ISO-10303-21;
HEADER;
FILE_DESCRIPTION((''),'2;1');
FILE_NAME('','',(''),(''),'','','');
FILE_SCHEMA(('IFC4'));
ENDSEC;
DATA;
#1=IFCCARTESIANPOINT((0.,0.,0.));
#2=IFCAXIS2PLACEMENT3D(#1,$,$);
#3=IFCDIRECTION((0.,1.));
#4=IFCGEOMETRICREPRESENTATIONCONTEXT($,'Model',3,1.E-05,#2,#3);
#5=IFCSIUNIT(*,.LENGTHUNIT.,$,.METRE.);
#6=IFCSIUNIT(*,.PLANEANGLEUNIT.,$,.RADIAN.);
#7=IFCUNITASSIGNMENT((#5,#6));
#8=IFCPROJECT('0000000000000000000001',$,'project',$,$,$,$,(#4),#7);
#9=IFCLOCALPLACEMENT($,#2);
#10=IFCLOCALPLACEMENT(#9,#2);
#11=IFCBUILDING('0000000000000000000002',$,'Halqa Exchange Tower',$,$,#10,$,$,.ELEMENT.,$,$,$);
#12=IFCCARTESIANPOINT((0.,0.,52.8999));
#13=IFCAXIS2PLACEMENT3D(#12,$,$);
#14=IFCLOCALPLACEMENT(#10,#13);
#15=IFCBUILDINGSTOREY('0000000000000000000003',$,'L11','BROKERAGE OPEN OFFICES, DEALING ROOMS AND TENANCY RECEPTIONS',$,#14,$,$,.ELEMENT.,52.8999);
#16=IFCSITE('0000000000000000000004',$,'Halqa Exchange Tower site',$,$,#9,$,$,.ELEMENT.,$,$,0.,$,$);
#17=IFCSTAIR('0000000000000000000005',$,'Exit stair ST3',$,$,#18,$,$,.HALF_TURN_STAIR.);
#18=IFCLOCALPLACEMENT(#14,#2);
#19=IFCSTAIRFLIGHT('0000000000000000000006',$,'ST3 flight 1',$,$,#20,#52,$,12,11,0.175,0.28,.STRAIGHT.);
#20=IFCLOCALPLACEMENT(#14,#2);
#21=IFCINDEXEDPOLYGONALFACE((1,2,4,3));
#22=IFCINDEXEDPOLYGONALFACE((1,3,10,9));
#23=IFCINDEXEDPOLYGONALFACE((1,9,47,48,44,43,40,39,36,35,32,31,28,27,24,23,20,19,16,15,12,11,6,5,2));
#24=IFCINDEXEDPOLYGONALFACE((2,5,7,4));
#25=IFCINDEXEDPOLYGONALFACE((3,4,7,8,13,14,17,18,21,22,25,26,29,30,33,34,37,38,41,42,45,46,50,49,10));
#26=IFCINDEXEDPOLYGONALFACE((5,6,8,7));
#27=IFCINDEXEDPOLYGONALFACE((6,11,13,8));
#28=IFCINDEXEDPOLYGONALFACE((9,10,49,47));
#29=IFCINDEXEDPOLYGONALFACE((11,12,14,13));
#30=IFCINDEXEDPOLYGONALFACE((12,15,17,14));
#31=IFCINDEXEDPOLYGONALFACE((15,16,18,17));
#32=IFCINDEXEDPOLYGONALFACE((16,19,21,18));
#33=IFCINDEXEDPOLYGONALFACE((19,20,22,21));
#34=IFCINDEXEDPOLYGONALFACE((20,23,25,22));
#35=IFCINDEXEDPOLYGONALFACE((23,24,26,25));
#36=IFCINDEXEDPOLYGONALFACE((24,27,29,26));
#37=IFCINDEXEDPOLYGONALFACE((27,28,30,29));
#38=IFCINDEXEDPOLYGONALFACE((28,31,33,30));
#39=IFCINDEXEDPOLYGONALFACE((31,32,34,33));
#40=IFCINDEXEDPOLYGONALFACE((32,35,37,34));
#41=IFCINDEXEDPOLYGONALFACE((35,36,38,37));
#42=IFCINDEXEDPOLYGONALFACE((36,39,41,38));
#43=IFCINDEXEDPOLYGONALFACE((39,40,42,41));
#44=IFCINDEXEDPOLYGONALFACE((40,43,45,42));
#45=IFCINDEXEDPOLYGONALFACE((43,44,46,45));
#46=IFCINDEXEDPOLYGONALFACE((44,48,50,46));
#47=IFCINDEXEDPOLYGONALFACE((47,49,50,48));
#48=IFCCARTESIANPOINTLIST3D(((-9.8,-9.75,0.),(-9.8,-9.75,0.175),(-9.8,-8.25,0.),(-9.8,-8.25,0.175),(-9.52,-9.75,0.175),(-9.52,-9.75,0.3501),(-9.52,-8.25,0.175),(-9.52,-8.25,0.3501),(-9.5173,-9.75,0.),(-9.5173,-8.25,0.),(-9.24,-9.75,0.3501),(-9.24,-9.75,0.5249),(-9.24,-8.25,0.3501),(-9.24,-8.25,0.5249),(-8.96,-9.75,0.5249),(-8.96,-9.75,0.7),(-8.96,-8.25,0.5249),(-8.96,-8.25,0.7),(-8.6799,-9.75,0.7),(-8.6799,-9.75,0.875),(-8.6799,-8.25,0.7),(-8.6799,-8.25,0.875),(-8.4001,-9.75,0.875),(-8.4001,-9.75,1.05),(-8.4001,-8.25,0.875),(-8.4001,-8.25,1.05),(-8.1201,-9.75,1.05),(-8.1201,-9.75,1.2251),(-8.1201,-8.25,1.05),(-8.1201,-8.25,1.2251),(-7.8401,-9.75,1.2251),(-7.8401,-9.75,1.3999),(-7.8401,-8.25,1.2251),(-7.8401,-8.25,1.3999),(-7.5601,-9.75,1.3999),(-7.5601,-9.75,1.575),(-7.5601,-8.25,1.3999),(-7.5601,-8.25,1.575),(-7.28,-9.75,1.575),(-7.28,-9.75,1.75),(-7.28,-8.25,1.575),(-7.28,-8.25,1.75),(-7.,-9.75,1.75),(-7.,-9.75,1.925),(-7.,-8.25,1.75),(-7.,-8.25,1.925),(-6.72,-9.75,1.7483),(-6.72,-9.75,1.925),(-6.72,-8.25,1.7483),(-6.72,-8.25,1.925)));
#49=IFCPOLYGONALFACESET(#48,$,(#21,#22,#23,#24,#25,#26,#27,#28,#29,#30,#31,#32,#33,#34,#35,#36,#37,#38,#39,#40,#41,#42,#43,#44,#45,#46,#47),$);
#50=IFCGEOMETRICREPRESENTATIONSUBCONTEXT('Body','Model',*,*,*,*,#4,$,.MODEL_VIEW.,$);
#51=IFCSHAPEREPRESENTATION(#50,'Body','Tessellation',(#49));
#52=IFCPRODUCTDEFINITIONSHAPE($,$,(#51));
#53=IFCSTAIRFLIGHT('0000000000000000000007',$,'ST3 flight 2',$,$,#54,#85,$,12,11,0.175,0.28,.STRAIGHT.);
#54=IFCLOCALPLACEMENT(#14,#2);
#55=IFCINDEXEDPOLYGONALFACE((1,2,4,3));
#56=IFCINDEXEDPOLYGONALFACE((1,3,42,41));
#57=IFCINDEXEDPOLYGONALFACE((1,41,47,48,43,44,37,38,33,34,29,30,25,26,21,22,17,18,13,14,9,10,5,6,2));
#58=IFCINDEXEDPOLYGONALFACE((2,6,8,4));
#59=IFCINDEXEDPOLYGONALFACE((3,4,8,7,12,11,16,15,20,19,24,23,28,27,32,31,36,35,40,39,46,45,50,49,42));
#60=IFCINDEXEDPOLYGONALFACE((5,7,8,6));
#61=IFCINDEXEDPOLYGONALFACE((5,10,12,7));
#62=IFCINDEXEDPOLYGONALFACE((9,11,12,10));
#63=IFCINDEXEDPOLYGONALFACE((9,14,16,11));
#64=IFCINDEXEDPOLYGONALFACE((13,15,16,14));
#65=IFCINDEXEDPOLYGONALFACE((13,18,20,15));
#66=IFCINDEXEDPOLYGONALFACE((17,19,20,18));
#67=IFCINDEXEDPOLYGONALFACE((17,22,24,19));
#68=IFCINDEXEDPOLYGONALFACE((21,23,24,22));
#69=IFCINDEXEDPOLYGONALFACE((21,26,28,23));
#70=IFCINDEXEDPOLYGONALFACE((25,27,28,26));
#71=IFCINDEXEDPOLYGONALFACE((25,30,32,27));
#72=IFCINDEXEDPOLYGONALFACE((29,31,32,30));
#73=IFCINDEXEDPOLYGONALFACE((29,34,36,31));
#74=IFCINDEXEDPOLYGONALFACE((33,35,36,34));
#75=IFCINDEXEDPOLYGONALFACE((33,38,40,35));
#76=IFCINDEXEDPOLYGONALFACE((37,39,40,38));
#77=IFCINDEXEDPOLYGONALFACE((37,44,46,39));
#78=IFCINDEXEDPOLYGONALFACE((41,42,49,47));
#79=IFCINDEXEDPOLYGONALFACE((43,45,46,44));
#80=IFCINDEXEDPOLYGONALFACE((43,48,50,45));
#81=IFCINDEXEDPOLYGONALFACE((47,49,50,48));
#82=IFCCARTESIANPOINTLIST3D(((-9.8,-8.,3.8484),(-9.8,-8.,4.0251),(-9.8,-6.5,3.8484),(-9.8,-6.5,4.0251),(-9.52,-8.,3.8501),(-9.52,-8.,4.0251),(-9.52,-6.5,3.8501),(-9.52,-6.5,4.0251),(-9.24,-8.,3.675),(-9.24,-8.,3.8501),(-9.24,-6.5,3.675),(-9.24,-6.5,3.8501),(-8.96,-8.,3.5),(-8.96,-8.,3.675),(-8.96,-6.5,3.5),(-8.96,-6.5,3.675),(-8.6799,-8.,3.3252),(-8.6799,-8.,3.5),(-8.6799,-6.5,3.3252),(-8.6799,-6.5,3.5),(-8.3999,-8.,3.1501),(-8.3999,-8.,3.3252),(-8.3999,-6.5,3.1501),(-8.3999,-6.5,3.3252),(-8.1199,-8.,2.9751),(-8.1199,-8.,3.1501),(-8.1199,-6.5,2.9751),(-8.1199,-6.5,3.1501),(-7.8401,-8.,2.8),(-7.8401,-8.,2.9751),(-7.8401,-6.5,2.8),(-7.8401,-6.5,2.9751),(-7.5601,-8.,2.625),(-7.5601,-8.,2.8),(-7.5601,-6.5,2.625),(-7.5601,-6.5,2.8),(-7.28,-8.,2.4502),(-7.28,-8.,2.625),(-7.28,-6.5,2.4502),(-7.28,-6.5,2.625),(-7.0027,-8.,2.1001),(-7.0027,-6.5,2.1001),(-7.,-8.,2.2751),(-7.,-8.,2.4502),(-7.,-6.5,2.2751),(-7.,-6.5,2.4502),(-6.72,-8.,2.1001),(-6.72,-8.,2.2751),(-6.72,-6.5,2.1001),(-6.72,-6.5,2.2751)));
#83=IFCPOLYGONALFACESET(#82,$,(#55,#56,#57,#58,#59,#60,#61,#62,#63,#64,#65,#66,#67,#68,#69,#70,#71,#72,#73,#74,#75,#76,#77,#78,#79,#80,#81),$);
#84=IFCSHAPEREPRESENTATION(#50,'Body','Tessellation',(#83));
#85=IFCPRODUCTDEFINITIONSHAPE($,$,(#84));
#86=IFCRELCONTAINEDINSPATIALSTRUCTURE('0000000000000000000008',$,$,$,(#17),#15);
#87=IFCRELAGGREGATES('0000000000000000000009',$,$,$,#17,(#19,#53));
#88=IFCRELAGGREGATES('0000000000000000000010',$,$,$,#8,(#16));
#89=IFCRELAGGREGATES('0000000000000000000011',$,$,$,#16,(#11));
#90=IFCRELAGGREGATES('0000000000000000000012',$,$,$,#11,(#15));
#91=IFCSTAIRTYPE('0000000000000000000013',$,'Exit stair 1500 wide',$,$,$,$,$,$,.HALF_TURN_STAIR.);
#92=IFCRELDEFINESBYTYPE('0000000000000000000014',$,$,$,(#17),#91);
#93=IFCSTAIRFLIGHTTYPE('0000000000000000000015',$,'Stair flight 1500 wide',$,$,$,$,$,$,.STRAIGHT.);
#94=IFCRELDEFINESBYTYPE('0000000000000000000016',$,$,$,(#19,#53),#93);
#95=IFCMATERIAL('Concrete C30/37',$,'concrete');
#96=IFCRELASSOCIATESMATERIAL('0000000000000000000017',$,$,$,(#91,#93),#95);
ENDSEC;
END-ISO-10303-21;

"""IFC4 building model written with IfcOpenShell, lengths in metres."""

from ifc_helpers import new_model, si_unit, direction, frame, origin, place, context, subcontext, project, spatial, polyline, outline, extrude, material, type_object, element, aggregate, save


model = new_model("IFC4")

# Units and contexts
model_context = context("Model", 3, precision=1e-05, world=origin(), true_north=direction((0.0, 1.0)))
body_context = subcontext(model_context, "Body", "Model", "MODEL_VIEW")
ifc_project = project(units=[si_unit("LENGTHUNIT", "METRE"), si_unit("PLANEANGLEUNIT", "RADIAN")], contexts=[model_context])

# Site, building, storey
site_placement = place(None, origin())
site = spatial("IfcSite", under=ifc_project, at=site_placement, Name="Halqa Exchange Tower site", CompositionType="ELEMENT", RefElevation=0.0)
building_placement = place(site_placement, origin())
building = spatial("IfcBuilding", under=site, at=building_placement, Name="Halqa Exchange Tower", CompositionType="ELEMENT")
storey_placement = place(building_placement, frame((0.0, 0.0, 52.8999)))
storey = spatial("IfcBuildingStorey", under=building, at=storey_placement, Name="L11", Description="BROKERAGE OPEN OFFICES, DEALING ROOMS AND TENANCY RECEPTIONS", CompositionType="ELEMENT", Elevation=52.8999)

# Stair, stair flights
ifc_material_1 = material(Name="Concrete C30/37", Category="concrete")
stair_type = type_object("IfcStairType", Name="Exit stair 1500 wide", PredefinedType="HALF_TURN_STAIR", material=ifc_material_1)
stair_placement = place(storey_placement, origin())
stair = element("IfcStair", 1, at=stair_placement, inside=storey, type_object=stair_type, Name="Exit stair ST3", PredefinedType="HALF_TURN_STAIR")
stair_flight_type = type_object("IfcStairFlightType", Name="Stair flight 1500 wide", PredefinedType="STRAIGHT", material=ifc_material_1)
stair_flight_1_placement = place(storey_placement, frame((-9.8, -9.0, 0.0), z_axis=(0.0, 0.0, 1.0), x_axis=(1.0, 0.0, 0.0)))
stair_flight_1 = element("IfcStairFlight", 2, at=stair_flight_1_placement, type_object=stair_flight_type, Name="ST3 flight 1", NumberOfRisers=12, NumberOfTreads=11, PredefinedType="STRAIGHT", RiserHeight=0.175, TreadLength=0.28, context=body_context, shape_type="SweptSolid", body=[
    extrude(outline(polyline([(0.0, 0.0), (0.0, 0.175), (0.28, 0.175), (0.28, 0.3501), (0.5601, 0.3501), (0.5601, 0.5249), (0.8401, 0.5249), (0.8401, 0.7), (1.1201, 0.7), (1.1201, 0.875), (1.3999, 0.875), (1.3999, 1.05), (1.6799, 1.05), (1.6799, 1.2251), (1.96, 1.2251), (1.96, 1.3999), (2.24, 1.3999), (2.24, 1.575), (2.52, 1.575), (2.52, 1.75), (2.8, 1.75), (2.8, 1.925), (3.0801, 1.925), (3.0801, 2.1001), (3.0801, 1.7483), (0.2827, 0.0), (0.0, 0.0)])), frame((0.0, 0.75, 0.0), z_axis=(0.0, -1.0, 0.0), x_axis=(1.0, 0.0, 0.0)), (0.0, 0.0, 1.0), 1.5),
])
stair_flight_2_placement = place(storey_placement, frame((-6.72, -7.25, 2.1001), z_axis=(0.0, 0.0, 1.0), x_axis=(-1.0, 0.0, 0.0)))
stair_flight_2 = element("IfcStairFlight", 3, at=stair_flight_2_placement, type_object=stair_flight_type, Name="ST3 flight 2", NumberOfRisers=12, NumberOfTreads=11, PredefinedType="STRAIGHT", RiserHeight=0.175, TreadLength=0.28, context=body_context, shape_type="SweptSolid", body=[
    extrude(outline(polyline([(0.0, 0.0), (0.0, 0.175), (0.28, 0.175), (0.28, 0.3501), (0.5601, 0.3501), (0.5601, 0.5249), (0.8401, 0.5249), (0.8401, 0.7), (1.1201, 0.7), (1.1201, 0.875), (1.3999, 0.875), (1.3999, 1.05), (1.6799, 1.05), (1.6799, 1.2251), (1.96, 1.2251), (1.96, 1.3999), (2.24, 1.3999), (2.24, 1.575), (2.52, 1.575), (2.52, 1.75), (2.8, 1.75), (2.8, 1.925), (3.0801, 1.925), (3.0801, 2.1001), (3.0801, 1.7483), (0.2827, 0.0), (0.0, 0.0)])), frame((0.0, 0.75, 0.0), z_axis=(0.0, -1.0, 0.0), x_axis=(1.0, 0.0, 0.0)), (0.0, 0.0, 1.0), 1.5),
])
aggregate(stair, [stair_flight_1, stair_flight_2])

save(model, "model.ifc")
